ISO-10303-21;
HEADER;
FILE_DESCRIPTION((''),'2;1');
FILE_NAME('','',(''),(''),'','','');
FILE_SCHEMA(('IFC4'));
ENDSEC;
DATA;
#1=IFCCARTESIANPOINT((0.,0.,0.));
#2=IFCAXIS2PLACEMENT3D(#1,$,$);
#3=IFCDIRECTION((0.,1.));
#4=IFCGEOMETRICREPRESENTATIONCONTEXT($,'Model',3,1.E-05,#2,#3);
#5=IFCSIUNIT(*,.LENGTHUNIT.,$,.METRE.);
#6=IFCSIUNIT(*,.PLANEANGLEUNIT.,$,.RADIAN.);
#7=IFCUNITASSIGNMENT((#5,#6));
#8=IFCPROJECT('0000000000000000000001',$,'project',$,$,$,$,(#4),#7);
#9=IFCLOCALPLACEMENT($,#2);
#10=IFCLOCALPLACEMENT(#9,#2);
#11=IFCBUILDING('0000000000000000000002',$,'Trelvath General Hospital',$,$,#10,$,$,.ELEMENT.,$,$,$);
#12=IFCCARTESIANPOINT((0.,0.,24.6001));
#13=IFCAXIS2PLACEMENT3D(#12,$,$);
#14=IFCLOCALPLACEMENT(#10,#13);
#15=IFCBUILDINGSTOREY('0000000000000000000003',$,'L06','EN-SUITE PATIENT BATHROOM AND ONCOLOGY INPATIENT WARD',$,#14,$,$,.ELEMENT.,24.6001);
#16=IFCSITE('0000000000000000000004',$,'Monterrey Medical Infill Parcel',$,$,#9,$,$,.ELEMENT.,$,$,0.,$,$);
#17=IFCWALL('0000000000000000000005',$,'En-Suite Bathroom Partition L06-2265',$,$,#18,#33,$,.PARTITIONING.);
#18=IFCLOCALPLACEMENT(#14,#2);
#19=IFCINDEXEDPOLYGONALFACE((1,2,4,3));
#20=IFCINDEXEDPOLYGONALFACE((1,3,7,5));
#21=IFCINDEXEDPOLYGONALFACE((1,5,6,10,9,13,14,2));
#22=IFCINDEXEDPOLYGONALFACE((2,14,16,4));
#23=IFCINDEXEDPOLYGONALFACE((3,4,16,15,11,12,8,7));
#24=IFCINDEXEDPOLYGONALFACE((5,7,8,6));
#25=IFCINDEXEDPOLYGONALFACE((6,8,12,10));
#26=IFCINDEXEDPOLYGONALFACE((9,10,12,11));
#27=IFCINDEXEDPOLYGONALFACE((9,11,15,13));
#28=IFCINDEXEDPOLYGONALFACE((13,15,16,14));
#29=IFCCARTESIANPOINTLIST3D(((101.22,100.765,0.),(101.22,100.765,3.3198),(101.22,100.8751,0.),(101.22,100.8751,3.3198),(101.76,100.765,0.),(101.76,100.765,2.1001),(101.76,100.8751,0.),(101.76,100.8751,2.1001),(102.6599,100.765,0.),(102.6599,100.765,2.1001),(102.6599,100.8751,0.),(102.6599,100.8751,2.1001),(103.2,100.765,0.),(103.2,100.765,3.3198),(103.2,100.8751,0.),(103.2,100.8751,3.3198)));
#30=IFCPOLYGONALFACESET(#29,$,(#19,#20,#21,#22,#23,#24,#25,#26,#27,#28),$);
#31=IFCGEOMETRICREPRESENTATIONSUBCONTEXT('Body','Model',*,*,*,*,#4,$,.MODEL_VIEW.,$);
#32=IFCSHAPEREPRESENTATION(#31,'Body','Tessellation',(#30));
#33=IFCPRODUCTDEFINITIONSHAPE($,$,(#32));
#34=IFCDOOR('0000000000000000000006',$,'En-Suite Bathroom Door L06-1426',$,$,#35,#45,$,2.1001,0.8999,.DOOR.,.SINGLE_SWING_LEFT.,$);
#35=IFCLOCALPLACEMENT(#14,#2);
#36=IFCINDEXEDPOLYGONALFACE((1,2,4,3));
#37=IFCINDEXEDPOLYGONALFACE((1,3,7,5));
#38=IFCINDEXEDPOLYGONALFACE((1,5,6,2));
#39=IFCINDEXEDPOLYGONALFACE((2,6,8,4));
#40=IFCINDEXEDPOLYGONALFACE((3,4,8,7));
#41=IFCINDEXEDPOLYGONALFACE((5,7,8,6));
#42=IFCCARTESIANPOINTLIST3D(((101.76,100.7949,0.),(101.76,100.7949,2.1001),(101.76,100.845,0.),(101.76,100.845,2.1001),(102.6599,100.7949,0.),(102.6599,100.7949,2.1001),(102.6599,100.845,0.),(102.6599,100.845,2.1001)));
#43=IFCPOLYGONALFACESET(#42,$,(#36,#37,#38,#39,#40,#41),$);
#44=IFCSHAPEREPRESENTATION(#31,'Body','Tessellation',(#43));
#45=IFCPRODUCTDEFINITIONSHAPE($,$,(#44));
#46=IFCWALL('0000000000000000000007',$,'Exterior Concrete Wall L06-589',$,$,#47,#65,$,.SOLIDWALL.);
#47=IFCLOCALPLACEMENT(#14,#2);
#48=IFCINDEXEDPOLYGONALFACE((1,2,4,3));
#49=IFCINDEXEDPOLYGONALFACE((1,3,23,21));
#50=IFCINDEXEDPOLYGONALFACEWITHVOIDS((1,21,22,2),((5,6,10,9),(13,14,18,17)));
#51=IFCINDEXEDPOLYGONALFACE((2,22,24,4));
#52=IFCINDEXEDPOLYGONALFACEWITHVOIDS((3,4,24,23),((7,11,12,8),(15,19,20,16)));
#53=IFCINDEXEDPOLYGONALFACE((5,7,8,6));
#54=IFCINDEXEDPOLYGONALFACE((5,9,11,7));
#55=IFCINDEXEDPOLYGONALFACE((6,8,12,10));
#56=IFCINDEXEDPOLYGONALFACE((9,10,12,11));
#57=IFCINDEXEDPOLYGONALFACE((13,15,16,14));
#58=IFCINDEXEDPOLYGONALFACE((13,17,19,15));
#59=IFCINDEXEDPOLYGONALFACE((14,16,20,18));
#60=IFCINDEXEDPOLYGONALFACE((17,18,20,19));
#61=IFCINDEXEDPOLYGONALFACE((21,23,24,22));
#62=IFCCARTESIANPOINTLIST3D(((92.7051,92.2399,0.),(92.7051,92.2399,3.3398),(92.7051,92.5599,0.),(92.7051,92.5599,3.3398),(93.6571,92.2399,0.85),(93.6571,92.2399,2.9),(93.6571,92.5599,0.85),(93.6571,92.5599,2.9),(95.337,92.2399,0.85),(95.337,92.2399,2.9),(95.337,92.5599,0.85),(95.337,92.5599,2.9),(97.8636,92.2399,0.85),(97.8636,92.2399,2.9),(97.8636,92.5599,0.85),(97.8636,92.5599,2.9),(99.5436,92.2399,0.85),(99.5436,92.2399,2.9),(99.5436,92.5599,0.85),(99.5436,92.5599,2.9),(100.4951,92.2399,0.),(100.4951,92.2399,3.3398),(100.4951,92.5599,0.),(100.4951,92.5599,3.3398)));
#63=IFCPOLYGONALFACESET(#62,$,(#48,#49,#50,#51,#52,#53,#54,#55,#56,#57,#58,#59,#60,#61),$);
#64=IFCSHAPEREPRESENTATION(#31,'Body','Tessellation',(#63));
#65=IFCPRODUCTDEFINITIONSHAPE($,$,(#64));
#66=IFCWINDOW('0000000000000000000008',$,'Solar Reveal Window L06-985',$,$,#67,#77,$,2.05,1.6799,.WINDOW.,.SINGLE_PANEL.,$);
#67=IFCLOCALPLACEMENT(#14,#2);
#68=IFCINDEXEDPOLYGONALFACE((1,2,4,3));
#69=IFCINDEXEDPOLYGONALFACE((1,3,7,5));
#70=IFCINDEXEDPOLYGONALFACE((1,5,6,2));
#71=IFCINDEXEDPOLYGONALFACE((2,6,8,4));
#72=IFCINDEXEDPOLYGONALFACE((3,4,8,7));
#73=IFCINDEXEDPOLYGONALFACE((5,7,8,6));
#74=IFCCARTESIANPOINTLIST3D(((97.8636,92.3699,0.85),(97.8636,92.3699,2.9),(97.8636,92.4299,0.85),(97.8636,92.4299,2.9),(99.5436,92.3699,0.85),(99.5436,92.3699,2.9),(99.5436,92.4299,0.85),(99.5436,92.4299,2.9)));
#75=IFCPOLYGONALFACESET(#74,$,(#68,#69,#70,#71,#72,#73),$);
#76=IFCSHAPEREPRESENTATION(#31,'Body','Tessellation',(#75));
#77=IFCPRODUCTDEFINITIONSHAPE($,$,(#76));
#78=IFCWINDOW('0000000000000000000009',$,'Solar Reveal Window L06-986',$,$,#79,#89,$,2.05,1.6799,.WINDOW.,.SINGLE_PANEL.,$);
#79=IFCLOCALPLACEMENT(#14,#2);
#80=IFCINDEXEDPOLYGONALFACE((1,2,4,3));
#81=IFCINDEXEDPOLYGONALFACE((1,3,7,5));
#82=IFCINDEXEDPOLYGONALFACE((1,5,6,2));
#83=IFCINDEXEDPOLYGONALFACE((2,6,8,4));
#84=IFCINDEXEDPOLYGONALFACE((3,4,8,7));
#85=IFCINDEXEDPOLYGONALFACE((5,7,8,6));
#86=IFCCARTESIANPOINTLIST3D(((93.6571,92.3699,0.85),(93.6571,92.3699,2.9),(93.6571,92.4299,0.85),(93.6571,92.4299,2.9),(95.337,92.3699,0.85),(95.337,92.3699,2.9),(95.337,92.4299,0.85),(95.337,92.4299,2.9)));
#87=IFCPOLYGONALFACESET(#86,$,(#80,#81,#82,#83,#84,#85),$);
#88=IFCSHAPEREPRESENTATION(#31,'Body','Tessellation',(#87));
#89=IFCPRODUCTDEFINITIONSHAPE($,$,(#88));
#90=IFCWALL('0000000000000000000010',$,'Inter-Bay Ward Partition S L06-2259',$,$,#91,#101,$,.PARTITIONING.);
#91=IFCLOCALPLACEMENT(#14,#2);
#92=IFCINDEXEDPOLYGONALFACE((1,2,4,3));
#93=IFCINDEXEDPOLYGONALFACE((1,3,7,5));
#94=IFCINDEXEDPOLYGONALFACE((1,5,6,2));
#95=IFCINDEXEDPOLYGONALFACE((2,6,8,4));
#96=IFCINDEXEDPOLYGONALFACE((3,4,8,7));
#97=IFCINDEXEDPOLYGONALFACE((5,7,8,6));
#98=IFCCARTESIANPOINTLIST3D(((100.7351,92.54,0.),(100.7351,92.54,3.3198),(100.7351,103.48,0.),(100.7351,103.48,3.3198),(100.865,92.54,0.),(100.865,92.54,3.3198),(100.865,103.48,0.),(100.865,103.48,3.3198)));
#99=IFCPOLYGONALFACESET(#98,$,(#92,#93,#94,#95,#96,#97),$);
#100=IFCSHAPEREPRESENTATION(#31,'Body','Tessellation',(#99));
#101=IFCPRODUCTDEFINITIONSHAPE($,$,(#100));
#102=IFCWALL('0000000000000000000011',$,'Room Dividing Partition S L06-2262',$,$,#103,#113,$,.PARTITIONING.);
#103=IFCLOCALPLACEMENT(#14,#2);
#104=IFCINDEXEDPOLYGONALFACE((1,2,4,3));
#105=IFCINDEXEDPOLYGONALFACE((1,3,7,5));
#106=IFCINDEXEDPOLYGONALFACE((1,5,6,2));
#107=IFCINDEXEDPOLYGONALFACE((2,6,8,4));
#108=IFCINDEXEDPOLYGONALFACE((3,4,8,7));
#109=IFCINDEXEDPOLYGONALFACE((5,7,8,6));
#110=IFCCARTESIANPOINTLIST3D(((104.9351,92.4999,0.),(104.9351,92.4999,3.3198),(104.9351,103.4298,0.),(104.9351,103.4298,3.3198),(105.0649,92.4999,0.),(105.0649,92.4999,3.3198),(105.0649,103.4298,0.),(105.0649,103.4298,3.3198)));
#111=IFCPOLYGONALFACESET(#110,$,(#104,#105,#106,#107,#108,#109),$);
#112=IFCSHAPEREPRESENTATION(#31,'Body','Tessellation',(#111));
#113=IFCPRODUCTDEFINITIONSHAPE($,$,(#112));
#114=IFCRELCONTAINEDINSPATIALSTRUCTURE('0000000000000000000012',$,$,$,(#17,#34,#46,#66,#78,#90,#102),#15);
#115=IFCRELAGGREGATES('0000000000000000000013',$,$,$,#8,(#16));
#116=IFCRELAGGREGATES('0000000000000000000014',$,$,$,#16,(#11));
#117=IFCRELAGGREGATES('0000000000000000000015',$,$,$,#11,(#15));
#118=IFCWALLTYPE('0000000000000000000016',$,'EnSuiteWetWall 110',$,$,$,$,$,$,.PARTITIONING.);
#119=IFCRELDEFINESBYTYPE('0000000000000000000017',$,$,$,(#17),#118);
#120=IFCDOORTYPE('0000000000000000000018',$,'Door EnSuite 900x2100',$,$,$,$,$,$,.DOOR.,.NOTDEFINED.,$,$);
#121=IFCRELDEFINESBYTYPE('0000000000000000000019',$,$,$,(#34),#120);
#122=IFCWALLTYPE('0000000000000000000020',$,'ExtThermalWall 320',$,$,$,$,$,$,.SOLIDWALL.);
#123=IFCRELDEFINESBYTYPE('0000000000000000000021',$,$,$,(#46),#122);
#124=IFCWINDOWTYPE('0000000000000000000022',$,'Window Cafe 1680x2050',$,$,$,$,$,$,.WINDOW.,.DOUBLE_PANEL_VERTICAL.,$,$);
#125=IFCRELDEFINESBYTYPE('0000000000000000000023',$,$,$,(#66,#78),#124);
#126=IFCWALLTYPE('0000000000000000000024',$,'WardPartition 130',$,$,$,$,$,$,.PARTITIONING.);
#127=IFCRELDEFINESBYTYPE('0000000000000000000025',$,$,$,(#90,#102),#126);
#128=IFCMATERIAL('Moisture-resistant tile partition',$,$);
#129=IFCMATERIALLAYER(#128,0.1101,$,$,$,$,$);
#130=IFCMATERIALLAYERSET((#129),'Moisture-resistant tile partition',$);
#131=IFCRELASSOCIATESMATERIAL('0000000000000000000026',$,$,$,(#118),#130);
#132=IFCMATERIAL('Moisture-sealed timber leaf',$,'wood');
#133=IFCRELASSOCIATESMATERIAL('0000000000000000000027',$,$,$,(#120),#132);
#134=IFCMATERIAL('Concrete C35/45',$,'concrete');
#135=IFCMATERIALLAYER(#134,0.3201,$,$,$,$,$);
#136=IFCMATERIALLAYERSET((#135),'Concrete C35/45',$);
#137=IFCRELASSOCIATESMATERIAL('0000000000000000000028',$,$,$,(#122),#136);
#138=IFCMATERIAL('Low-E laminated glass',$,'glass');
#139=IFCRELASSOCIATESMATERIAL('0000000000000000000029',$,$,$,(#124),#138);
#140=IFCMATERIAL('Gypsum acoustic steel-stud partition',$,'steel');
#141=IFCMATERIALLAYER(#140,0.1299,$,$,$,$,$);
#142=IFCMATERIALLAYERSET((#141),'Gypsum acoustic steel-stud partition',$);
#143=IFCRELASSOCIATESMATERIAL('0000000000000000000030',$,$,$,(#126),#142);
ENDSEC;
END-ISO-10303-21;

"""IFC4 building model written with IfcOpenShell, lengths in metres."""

from ifc_helpers import new_model, si_unit, direction, frame, frame_2d, origin, place, context, subcontext, project, spatial, rectangle, extrude, material, layer, layer_set, type_object, element, fill, save


model = new_model("IFC4")

# Units and contexts
model_context = context("Model", 3, precision=1e-05, world=origin(), true_north=direction((0.0, 1.0)))
body_context = subcontext(model_context, "Body", "Model", "MODEL_VIEW")
ifc_project = project(units=[si_unit("LENGTHUNIT", "METRE"), si_unit("PLANEANGLEUNIT", "RADIAN")], contexts=[model_context])

# Site, building, storey
site_placement = place(None, origin())
site = spatial("IfcSite", under=ifc_project, at=site_placement, Name="Monterrey Medical Infill Parcel", CompositionType="ELEMENT", RefElevation=0.0)
building_placement = place(site_placement, origin())
building = spatial("IfcBuilding", under=site, at=building_placement, Name="Trelvath General Hospital", CompositionType="ELEMENT")
storey_placement = place(building_placement, frame((0.0, 0.0, 24.6001)))
storey = spatial("IfcBuildingStorey", under=building, at=storey_placement, Name="L06", Description="EN-SUITE PATIENT BATHROOM AND ONCOLOGY INPATIENT WARD", CompositionType="ELEMENT", Elevation=24.6001)

# Shared definitions
ifc_material_1 = material(Name="Moisture-resistant tile partition")
ifc_layer_1 = layer(ifc_material_1, 0.1101)
ifc_layer_set_1 = layer_set([ifc_layer_1], Name="Moisture-resistant tile partition")
wall_type_1 = type_object("IfcWallType", Name="EnSuiteWetWall 110", PredefinedType="PARTITIONING", material=ifc_layer_set_1)

# Wall, opening, door
wall_1_placement = place(storey_placement, frame((101.22, 100.8201, 0.0), z_axis=(0.0, 0.0, 1.0), x_axis=(1.0, 0.0, 0.0)))
wall_1 = element("IfcWall", 1, at=wall_1_placement, inside=storey, type_object=wall_type_1, Name="En-Suite Bathroom Partition L06-2265", PredefinedType="PARTITIONING", context=body_context, shape_type="SweptSolid", body=[
    extrude(rectangle(XDim=1.98, YDim=0.1101, at=frame_2d((0.99, 0.0))), origin(), (0.0, 0.0, 1.0), 3.3198),
])
opening_1_placement = place(wall_1_placement, frame((0.54, 0.0, 0.0)))
opening_1 = element("IfcOpeningElement", 2, at=opening_1_placement, cuts=wall_1, PredefinedType="OPENING", context=body_context, shape_type="SweptSolid", body=[
    extrude(rectangle(XDim=0.8999, YDim=2.1001, at=frame_2d((0.45, 1.05))), frame((0.0, 0.0649, 0.0), z_axis=(0.0, -1.0, 0.0), x_axis=(1.0, 0.0, 0.0)), (0.0, 0.0, 1.0), 0.1301),
])
ifc_material_2 = material(Name="Moisture-sealed timber leaf", Category="wood")
door_type = type_object("IfcDoorType", Name="Door EnSuite 900x2100", OperationType="NOTDEFINED", PredefinedType="DOOR", material=ifc_material_2)
door_placement = place(opening_1_placement, origin())
door = element("IfcDoor", 3, at=door_placement, inside=storey, type_object=door_type, Name="En-Suite Bathroom Door L06-1426", OperationType="SINGLE_SWING_LEFT", OverallHeight=2.1001, OverallWidth=0.8999, PredefinedType="DOOR", context=body_context, shape_type="SweptSolid", body=[
    extrude(rectangle(XDim=0.8999, YDim=2.1001, at=frame_2d((0.45, 1.05))), frame((0.0, 0.0249, 0.0), z_axis=(0.0, -1.0, 0.0), x_axis=(1.0, 0.0, 0.0)), (0.0, 0.0, 1.0), 0.05),
])
fill(opening_1, door)

# Wall, openings, windows
ifc_material_3 = material(Name="Concrete C35/45", Category="concrete")
ifc_layer_2 = layer(ifc_material_3, 0.3201)
ifc_layer_set_2 = layer_set([ifc_layer_2], Name="Concrete C35/45")
wall_type_2 = type_object("IfcWallType", Name="ExtThermalWall 320", PredefinedType="SOLIDWALL", material=ifc_layer_set_2)
wall_2_placement = place(storey_placement, frame((100.4951, 92.3999, 0.0), z_axis=(0.0, 0.0, 1.0), x_axis=(-1.0, 0.0, 0.0)))
wall_2 = element("IfcWall", 4, at=wall_2_placement, inside=storey, type_object=wall_type_2, Name="Exterior Concrete Wall L06-589", PredefinedType="SOLIDWALL", context=body_context, shape_type="SweptSolid", body=[
    extrude(rectangle(XDim=7.79, YDim=0.3201, at=frame_2d((3.895, 0.0))), origin(), (0.0, 0.0, 1.0), 3.3398),
])
opening_2_placement = place(wall_2_placement, frame((0.9517, 0.0, 0.8501)))
opening_2 = element("IfcOpeningElement", 5, at=opening_2_placement, cuts=wall_2, PredefinedType="OPENING", context=body_context, shape_type="SweptSolid", body=[
    extrude(rectangle(XDim=1.6799, YDim=2.05, at=frame_2d((0.8398, 1.0249))), frame((0.0, 0.1699, 0.0), z_axis=(0.0, -1.0, 0.0), x_axis=(1.0, 0.0, 0.0)), (0.0, 0.0, 1.0), 0.3401),
])
opening_3_placement = place(wall_2_placement, frame((5.1582, 0.0, 0.8501)))
opening_3 = element("IfcOpeningElement", 6, at=opening_3_placement, cuts=wall_2, PredefinedType="OPENING", context=body_context, shape_type="SweptSolid", body=[
    extrude(rectangle(XDim=1.6799, YDim=2.05, at=frame_2d((0.8398, 1.0249))), frame((0.0, 0.1699, 0.0), z_axis=(0.0, -1.0, 0.0), x_axis=(1.0, 0.0, 0.0)), (0.0, 0.0, 1.0), 0.3401),
])
ifc_material_4 = material(Name="Low-E laminated glass", Category="glass")
window_type = type_object("IfcWindowType", Name="Window Cafe 1680x2050", PartitioningType="DOUBLE_PANEL_VERTICAL", PredefinedType="WINDOW", material=ifc_material_4)
window_1_placement = place(opening_2_placement, origin())
window_1 = element("IfcWindow", 7, at=window_1_placement, inside=storey, type_object=window_type, Name="Solar Reveal Window L06-985", OverallHeight=2.05, OverallWidth=1.6799, PartitioningType="SINGLE_PANEL", PredefinedType="WINDOW", context=body_context, shape_type="SweptSolid", body=[
    extrude(rectangle(XDim=1.6799, YDim=2.05, at=frame_2d((0.8398, 1.0249))), frame((0.0, 0.03, 0.0), z_axis=(0.0, -1.0, 0.0), x_axis=(1.0, 0.0, 0.0)), (0.0, 0.0, 1.0), 0.0601),
])
fill(opening_2, window_1)
window_2_placement = place(opening_3_placement, origin())
window_2 = element("IfcWindow", 8, at=window_2_placement, inside=storey, type_object=window_type, Name="Solar Reveal Window L06-986", OverallHeight=2.05, OverallWidth=1.6799, PartitioningType="SINGLE_PANEL", PredefinedType="WINDOW", context=body_context, shape_type="SweptSolid", body=[
    extrude(rectangle(XDim=1.6799, YDim=2.05, at=frame_2d((0.8398, 1.0249))), frame((0.0, 0.03, 0.0), z_axis=(0.0, -1.0, 0.0), x_axis=(1.0, 0.0, 0.0)), (0.0, 0.0, 1.0), 0.0601),
])
fill(opening_3, window_2)

# Walls
ifc_material_5 = material(Name="Gypsum acoustic steel-stud partition", Category="steel")
ifc_layer_3 = layer(ifc_material_5, 0.1299)
ifc_layer_set_3 = layer_set([ifc_layer_3], Name="Gypsum acoustic steel-stud partition")
wall_type_3 = type_object("IfcWallType", Name="WardPartition 130", PredefinedType="PARTITIONING", material=ifc_layer_set_3)
wall_3_placement = place(storey_placement, frame((100.8, 92.54, 0.0), z_axis=(0.0, 0.0, 1.0), x_axis=(0.0, 1.0, 0.0)))
element("IfcWall", 9, at=wall_3_placement, inside=storey, type_object=wall_type_3, Name="Inter-Bay Ward Partition S L06-2259", PredefinedType="PARTITIONING", context=body_context, shape_type="SweptSolid", body=[
    extrude(rectangle(XDim=10.9399, YDim=0.1299, at=frame_2d((5.47, 0.0))), origin(), (0.0, 0.0, 1.0), 3.3198),
])
wall_4_placement = place(storey_placement, frame((105.0, 92.5, 0.0), z_axis=(0.0, 0.0, 1.0), x_axis=(0.0, 1.0, 0.0)))
element("IfcWall", 10, at=wall_4_placement, inside=storey, type_object=wall_type_3, Name="Room Dividing Partition S L06-2262", PredefinedType="PARTITIONING", context=body_context, shape_type="SweptSolid", body=[
    extrude(rectangle(XDim=10.9299, YDim=0.1299, at=frame_2d((5.4648, 0.0))), origin(), (0.0, 0.0, 1.0), 3.3198),
])

save(model, "model.ifc")
